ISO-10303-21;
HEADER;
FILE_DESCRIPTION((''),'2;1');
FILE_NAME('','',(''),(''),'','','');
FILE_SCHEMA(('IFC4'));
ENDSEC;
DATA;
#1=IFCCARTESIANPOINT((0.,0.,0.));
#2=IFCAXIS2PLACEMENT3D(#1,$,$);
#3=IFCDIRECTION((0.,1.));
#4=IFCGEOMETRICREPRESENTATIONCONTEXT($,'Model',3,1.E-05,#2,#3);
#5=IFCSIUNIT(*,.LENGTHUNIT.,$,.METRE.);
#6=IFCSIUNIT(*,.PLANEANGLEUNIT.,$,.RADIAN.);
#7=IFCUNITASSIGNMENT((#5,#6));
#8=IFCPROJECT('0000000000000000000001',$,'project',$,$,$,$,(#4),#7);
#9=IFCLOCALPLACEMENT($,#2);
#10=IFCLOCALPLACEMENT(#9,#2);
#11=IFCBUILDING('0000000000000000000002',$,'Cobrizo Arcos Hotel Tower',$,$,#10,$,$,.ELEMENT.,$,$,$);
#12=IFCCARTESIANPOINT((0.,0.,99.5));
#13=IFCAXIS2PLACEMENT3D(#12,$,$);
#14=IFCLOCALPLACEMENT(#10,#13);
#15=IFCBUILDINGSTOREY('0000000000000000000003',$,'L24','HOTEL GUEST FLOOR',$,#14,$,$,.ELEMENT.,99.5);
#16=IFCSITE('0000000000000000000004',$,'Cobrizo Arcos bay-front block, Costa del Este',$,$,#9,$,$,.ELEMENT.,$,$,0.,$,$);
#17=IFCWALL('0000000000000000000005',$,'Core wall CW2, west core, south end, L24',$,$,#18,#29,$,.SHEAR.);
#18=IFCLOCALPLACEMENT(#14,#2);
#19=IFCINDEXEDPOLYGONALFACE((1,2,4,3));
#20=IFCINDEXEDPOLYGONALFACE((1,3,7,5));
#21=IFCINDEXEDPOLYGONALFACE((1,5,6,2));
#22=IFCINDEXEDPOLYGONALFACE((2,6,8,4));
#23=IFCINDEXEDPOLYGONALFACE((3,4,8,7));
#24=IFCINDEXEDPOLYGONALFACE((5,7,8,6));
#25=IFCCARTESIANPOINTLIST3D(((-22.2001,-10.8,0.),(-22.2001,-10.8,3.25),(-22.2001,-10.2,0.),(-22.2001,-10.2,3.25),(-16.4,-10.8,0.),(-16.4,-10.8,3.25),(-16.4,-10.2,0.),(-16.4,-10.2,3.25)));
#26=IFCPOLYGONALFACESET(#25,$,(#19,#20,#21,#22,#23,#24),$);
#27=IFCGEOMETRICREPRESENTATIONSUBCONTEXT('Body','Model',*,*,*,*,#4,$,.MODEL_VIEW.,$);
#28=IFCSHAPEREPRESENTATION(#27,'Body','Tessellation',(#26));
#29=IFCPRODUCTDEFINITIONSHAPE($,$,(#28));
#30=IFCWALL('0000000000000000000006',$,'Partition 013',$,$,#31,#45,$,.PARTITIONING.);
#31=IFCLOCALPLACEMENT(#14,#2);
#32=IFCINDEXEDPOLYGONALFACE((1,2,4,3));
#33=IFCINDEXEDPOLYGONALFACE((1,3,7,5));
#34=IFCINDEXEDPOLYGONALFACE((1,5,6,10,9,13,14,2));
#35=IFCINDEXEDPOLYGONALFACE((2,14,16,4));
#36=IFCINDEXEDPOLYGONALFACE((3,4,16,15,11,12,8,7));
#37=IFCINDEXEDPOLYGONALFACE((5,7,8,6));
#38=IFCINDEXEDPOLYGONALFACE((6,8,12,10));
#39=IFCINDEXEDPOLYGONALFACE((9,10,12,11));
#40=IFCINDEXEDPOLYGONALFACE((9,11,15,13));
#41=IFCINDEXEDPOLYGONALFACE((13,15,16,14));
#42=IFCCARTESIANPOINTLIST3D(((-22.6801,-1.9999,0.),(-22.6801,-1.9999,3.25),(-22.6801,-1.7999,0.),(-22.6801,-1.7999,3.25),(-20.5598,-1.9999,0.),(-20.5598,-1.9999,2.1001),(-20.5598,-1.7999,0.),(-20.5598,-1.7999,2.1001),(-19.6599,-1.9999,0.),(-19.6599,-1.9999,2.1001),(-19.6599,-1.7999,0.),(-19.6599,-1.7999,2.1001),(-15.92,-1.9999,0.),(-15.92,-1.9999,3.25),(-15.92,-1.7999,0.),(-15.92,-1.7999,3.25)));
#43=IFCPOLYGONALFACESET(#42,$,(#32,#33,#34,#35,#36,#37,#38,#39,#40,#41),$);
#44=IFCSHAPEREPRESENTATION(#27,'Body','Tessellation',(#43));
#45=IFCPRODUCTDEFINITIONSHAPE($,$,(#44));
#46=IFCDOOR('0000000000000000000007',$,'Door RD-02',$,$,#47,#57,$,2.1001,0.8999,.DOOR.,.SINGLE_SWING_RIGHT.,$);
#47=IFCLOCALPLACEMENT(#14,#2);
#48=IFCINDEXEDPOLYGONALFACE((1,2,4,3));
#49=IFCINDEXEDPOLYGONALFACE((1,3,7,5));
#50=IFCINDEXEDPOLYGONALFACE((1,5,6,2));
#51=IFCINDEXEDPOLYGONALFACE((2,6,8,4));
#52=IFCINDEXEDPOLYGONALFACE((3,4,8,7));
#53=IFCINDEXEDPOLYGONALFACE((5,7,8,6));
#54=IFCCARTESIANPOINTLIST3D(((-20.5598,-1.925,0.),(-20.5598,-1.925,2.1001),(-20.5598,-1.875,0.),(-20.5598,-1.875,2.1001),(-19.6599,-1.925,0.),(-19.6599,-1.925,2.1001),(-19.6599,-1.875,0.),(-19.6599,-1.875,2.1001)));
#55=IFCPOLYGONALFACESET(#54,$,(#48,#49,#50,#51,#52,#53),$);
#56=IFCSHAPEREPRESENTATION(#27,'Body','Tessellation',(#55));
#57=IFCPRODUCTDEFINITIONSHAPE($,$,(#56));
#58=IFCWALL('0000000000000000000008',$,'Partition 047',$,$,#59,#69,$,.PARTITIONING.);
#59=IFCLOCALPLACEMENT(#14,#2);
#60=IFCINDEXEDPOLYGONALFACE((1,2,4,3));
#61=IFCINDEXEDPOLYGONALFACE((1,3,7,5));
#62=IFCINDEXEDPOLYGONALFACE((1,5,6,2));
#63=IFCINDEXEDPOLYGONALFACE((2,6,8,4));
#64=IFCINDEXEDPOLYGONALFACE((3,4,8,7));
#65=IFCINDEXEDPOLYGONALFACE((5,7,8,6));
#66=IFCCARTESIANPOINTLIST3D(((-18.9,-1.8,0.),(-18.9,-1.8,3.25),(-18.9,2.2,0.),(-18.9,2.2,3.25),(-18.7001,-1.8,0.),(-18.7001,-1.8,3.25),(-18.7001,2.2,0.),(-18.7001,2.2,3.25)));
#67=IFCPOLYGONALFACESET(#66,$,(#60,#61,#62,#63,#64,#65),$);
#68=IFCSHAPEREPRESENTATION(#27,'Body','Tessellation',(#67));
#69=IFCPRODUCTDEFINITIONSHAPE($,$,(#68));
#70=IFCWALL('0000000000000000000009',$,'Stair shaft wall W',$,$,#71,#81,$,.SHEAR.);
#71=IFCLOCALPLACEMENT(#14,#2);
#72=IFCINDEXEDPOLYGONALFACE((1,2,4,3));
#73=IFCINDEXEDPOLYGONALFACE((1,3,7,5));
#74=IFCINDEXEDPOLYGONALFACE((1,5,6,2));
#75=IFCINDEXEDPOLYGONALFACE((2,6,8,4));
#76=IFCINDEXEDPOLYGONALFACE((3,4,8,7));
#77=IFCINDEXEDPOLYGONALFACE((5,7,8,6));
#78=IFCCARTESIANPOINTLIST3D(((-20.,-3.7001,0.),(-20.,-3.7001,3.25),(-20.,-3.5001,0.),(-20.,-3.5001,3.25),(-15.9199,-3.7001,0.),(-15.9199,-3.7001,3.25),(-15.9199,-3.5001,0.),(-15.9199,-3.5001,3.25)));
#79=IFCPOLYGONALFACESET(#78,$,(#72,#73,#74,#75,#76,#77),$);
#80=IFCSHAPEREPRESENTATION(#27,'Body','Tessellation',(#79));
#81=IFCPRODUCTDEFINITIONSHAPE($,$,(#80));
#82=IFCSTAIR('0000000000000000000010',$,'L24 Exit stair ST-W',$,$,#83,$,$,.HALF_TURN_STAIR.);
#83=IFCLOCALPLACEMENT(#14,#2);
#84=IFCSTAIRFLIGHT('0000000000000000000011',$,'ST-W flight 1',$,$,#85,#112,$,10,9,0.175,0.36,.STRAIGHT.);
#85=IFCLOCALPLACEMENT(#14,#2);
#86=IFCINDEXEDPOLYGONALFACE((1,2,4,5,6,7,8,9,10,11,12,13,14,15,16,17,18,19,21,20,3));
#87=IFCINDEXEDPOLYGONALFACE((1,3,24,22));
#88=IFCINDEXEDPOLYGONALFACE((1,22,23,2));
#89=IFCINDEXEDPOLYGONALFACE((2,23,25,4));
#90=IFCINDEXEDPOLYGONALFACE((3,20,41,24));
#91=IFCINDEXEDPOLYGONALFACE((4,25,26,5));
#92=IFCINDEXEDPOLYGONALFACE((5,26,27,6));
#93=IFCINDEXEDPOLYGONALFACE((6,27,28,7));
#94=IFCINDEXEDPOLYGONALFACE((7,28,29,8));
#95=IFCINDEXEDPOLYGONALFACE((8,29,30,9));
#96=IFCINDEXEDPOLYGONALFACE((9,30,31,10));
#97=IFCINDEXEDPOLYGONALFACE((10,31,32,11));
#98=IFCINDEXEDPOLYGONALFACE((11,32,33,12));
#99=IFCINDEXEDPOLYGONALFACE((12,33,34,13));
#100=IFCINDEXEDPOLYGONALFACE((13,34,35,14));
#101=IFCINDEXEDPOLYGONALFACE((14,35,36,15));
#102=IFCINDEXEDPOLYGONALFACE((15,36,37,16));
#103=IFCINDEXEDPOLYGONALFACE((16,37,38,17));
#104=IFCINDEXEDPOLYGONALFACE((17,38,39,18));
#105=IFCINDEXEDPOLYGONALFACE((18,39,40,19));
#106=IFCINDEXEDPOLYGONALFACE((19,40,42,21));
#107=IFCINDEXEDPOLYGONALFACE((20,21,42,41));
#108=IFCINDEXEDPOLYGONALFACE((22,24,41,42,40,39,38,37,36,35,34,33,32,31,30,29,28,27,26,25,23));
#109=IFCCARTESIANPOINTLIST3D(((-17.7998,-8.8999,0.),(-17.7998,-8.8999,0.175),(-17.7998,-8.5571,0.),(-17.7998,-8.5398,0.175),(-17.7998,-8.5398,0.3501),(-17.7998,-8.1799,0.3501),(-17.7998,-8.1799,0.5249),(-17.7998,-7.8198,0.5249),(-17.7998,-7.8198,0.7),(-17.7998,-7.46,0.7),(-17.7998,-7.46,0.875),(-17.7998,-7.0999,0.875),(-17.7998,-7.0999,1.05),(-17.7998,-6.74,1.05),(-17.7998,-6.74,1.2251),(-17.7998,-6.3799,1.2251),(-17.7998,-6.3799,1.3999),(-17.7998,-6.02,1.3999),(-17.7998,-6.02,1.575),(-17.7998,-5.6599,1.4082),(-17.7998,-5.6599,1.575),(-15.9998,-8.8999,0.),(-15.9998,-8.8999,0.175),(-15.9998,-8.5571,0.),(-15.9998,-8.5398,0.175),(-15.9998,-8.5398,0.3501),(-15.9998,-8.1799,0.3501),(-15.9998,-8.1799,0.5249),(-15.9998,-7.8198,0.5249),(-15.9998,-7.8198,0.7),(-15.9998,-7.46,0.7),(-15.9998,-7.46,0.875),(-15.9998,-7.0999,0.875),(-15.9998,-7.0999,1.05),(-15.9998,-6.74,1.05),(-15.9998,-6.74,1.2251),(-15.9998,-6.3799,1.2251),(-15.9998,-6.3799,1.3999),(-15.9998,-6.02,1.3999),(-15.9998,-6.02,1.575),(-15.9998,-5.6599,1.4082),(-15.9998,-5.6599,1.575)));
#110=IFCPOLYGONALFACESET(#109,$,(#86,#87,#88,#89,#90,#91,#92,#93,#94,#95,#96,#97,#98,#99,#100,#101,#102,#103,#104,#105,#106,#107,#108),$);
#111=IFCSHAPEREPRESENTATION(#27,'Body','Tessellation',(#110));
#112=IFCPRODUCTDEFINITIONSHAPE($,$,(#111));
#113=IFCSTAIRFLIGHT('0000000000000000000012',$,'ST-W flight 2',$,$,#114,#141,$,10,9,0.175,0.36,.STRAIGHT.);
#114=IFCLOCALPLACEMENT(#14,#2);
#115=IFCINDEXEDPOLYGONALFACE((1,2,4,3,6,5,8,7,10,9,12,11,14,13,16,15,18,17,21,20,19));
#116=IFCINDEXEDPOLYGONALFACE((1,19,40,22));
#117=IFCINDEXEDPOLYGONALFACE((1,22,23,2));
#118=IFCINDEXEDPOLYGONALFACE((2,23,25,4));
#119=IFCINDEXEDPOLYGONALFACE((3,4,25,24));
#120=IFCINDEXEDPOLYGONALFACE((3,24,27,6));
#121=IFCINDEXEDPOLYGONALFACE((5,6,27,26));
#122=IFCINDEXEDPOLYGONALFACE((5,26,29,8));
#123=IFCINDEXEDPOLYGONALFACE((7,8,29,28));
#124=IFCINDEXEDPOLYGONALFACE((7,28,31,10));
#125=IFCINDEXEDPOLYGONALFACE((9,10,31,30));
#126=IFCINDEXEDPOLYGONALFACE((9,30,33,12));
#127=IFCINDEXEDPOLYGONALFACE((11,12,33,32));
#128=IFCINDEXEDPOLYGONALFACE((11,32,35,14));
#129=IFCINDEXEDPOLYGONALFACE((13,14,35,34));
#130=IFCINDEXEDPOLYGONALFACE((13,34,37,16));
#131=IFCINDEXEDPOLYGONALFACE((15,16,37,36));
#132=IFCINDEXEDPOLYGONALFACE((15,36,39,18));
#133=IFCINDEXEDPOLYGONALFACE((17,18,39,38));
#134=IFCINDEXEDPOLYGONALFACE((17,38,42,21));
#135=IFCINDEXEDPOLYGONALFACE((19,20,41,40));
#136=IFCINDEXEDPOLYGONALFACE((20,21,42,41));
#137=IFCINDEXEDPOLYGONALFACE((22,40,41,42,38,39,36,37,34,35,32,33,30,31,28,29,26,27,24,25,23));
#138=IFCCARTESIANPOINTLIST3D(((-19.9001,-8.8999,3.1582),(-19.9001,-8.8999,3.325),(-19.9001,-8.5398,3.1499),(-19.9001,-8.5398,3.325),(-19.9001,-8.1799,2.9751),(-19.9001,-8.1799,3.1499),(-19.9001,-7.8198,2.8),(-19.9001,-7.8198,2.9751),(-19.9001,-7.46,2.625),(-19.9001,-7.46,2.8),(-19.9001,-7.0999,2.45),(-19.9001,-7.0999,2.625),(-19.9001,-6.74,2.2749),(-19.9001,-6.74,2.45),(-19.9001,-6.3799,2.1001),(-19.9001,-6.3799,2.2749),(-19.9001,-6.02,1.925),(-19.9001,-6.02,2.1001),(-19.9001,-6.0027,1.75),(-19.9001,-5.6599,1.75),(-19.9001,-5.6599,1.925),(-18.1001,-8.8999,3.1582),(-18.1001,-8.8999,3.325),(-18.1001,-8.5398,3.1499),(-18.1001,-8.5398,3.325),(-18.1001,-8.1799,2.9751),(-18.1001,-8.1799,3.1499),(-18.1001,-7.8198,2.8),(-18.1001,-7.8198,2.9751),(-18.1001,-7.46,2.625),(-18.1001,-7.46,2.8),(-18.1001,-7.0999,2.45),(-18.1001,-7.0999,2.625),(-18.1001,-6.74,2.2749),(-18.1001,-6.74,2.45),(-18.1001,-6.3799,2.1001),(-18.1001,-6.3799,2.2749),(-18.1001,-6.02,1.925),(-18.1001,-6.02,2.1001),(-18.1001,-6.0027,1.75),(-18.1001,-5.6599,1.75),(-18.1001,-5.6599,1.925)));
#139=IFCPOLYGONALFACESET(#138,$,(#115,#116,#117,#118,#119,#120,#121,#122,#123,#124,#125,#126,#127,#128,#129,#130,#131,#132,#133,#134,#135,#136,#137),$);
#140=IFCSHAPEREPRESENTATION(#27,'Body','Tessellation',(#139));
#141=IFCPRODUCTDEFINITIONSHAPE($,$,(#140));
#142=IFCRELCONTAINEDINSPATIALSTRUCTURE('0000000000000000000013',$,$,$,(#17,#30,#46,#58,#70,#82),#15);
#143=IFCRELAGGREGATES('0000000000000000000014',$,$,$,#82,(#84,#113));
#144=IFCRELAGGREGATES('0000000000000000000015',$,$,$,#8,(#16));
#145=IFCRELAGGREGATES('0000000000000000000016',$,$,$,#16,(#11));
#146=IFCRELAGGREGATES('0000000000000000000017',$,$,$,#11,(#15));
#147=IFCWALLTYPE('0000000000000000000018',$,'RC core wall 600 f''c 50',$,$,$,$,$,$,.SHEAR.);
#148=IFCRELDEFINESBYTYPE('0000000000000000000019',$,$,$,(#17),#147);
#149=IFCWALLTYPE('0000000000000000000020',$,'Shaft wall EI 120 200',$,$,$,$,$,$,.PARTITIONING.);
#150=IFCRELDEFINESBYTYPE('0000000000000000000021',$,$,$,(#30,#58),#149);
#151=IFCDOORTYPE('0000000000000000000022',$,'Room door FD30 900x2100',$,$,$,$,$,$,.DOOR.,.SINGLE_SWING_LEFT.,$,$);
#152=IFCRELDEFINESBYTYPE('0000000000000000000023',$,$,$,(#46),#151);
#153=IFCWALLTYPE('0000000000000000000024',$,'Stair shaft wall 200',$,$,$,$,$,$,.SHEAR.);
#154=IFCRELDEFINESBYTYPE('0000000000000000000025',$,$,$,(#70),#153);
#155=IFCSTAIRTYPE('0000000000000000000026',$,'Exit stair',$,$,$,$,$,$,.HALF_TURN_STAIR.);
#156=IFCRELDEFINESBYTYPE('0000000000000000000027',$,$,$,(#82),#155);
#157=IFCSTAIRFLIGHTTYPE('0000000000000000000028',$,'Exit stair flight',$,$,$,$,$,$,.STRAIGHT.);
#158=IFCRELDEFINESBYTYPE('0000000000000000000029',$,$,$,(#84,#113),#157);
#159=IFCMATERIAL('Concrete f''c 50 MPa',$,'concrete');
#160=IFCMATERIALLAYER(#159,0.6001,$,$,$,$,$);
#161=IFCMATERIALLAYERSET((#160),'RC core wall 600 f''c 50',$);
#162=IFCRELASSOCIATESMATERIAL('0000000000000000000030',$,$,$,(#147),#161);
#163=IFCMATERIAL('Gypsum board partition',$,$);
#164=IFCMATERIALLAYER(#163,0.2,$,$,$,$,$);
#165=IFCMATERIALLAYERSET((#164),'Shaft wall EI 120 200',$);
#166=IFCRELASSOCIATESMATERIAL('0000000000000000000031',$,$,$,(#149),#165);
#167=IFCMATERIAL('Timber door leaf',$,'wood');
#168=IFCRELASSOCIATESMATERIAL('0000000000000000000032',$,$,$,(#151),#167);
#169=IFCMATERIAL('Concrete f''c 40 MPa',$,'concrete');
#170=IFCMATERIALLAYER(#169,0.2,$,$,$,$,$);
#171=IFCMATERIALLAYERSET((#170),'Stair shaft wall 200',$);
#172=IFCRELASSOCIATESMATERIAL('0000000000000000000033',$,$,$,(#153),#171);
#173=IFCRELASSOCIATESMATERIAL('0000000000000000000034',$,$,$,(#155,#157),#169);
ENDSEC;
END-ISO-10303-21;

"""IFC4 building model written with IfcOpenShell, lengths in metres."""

from ifc_helpers import new_model, si_unit, direction, frame, frame_2d, origin, place, context, subcontext, project, spatial, polyline, rectangle, outline, extrude, material, layer, layer_set, type_object, element, fill, aggregate, save


model = new_model("IFC4")

# Units and contexts
model_context = context("Model", 3, precision=1e-05, world=origin(), true_north=direction((0.0, 1.0)))
body_context = subcontext(model_context, "Body", "Model", "MODEL_VIEW")
ifc_project = project(units=[si_unit("LENGTHUNIT", "METRE"), si_unit("PLANEANGLEUNIT", "RADIAN")], contexts=[model_context])

# Site, building, storey
site_placement = place(None, origin())
site = spatial("IfcSite", under=ifc_project, at=site_placement, Name="Cobrizo Arcos bay-front block, Costa del Este", CompositionType="ELEMENT", RefElevation=0.0)
building_placement = place(site_placement, origin())
building = spatial("IfcBuilding", under=site, at=building_placement, Name="Cobrizo Arcos Hotel Tower", CompositionType="ELEMENT")
storey_placement = place(building_placement, frame((0.0, 0.0, 99.5)))
storey = spatial("IfcBuildingStorey", under=building, at=storey_placement, Name="L24", Description="HOTEL GUEST FLOOR", CompositionType="ELEMENT", Elevation=99.5)

# Wall
ifc_material_1 = material(Name="Concrete f'c 50 MPa", Category="concrete")
ifc_layer_1 = layer(ifc_material_1, 0.6001)
ifc_layer_set_1 = layer_set([ifc_layer_1], Name="RC core wall 600 f'c 50")
wall_type_1 = type_object("IfcWallType", Name="RC core wall 600 f'c 50", PredefinedType="SHEAR", material=ifc_layer_set_1)
wall_1_placement = place(storey_placement, frame((-22.2, -10.5, 0.0), z_axis=(0.0, 0.0, 1.0), x_axis=(1.0, 0.0, 0.0)))
element("IfcWall", 1, at=wall_1_placement, inside=storey, type_object=wall_type_1, Name="Core wall CW2, west core, south end, L24", PredefinedType="SHEAR", context=body_context, shape_type="SweptSolid", body=[
    extrude(rectangle(XDim=5.8, YDim=0.6001, at=frame_2d((2.8999, 0.0))), origin(), (0.0, 0.0, 1.0), 3.25),
])

# Wall, opening, door
ifc_material_2 = material(Name="Gypsum board partition")
ifc_layer_2 = layer(ifc_material_2, 0.2)
ifc_layer_set_2 = layer_set([ifc_layer_2], Name="Shaft wall EI 120 200")
wall_type_2 = type_object("IfcWallType", Name="Shaft wall EI 120 200", PredefinedType="PARTITIONING", material=ifc_layer_set_2)
wall_2_placement = place(storey_placement, frame((-22.6799, -1.8999, 0.0), z_axis=(0.0, 0.0, 1.0), x_axis=(1.0, 0.0, 0.0)))
wall_2 = element("IfcWall", 2, at=wall_2_placement, inside=storey, type_object=wall_type_2, Name="Partition 013", PredefinedType="PARTITIONING", context=body_context, shape_type="SweptSolid", body=[
    extrude(rectangle(XDim=6.76, YDim=0.2, at=frame_2d((3.3799, 0.0))), origin(), (0.0, 0.0, 1.0), 3.25),
])
opening_placement = place(wall_2_placement, frame((2.1201, 0.0, 0.0)))
opening = element("IfcOpeningElement", 3, at=opening_placement, cuts=wall_2, PredefinedType="OPENING", context=body_context, shape_type="SweptSolid", body=[
    extrude(rectangle(XDim=0.8999, YDim=2.1001, at=frame_2d((0.45, 1.05))), frame((0.0, 0.1121, 0.0), z_axis=(0.0, -1.0, 0.0), x_axis=(1.0, 0.0, 0.0)), (0.0, 0.0, 1.0), 0.2239),
])
ifc_material_3 = material(Name="Timber door leaf", Category="wood")
door_type = type_object("IfcDoorType", Name="Room door FD30 900x2100", OperationType="SINGLE_SWING_LEFT", PredefinedType="DOOR", material=ifc_material_3)
door_placement = place(opening_placement, origin())
door = element("IfcDoor", 4, at=door_placement, inside=storey, type_object=door_type, Name="Door RD-02", OperationType="SINGLE_SWING_RIGHT", OverallHeight=2.1001, OverallWidth=0.8999, PredefinedType="DOOR", context=body_context, shape_type="SweptSolid", body=[
    extrude(rectangle(XDim=0.8999, YDim=2.1001, at=frame_2d((0.45, 1.05))), frame((0.0, 0.0249, 0.0), z_axis=(0.0, -1.0, 0.0), x_axis=(1.0, 0.0, 0.0)), (0.0, 0.0, 1.0), 0.05),
])
fill(opening, door)

# Walls
wall_3_placement = place(storey_placement, frame((-18.8, -1.8, 0.0), z_axis=(0.0, 0.0, 1.0), x_axis=(0.0, 1.0, 0.0)))
element("IfcWall", 5, at=wall_3_placement, inside=storey, type_object=wall_type_2, Name="Partition 047", PredefinedType="PARTITIONING", context=body_context, shape_type="SweptSolid", body=[
    extrude(rectangle(XDim=4.0, YDim=0.2, at=frame_2d((2.0, 0.0))), origin(), (0.0, 0.0, 1.0), 3.25),
])
ifc_material_4 = material(Name="Concrete f'c 40 MPa", Category="concrete")
ifc_layer_3 = layer(ifc_material_4, 0.2)
ifc_layer_set_3 = layer_set([ifc_layer_3], Name="Stair shaft wall 200")
wall_type_3 = type_object("IfcWallType", Name="Stair shaft wall 200", PredefinedType="SHEAR", material=ifc_layer_set_3)
wall_4_placement = place(storey_placement, frame((-20.0, -3.6001, 0.0), z_axis=(0.0, 0.0, 1.0), x_axis=(1.0, 0.0, 0.0)))
element("IfcWall", 6, at=wall_4_placement, inside=storey, type_object=wall_type_3, Name="Stair shaft wall W", PredefinedType="SHEAR", context=body_context, shape_type="SweptSolid", body=[
    extrude(rectangle(XDim=4.0801, YDim=0.2, at=frame_2d((2.04, 0.0))), origin(), (0.0, 0.0, 1.0), 3.25),
])

# Stair, stair flights
stair_type = type_object("IfcStairType", Name="Exit stair", PredefinedType="HALF_TURN_STAIR", material=ifc_material_4)
stair_placement = place(storey_placement, origin())
stair = element("IfcStair", 7, at=stair_placement, inside=storey, type_object=stair_type, Name="L24 Exit stair ST-W", PredefinedType="HALF_TURN_STAIR")
stair_flight_type = type_object("IfcStairFlightType", Name="Exit stair flight", PredefinedType="STRAIGHT", material=ifc_material_4)
stair_flight_1_placement = place(storey_placement, frame((-16.8999, -8.8999, 0.0), z_axis=(0.0, 0.0, 1.0), x_axis=(0.0, 1.0, 0.0)))
stair_flight_1 = element("IfcStairFlight", 8, at=stair_flight_1_placement, type_object=stair_flight_type, Name="ST-W flight 1", NumberOfRisers=10, NumberOfTreads=9, PredefinedType="STRAIGHT", RiserHeight=0.175, TreadLength=0.36, context=body_context, shape_type="SweptSolid", body=[
    extrude(outline(polyline([(0.0, 0.0), (0.0, 0.175), (0.3601, 0.175), (0.3601, 0.3501), (0.72, 0.3501), (0.72, 0.5249), (1.0801, 0.5249), (1.0801, 0.7), (1.4399, 0.7), (1.4399, 0.875), (1.8, 0.875), (1.8, 1.05), (2.1599, 1.05), (2.1599, 1.2251), (2.52, 1.2251), (2.52, 1.3999), (2.8799, 1.3999), (2.8799, 1.575), (3.24, 1.575), (3.24, 1.75), (3.24, 1.4082), (0.3428, 0.0), (0.0, 0.0)])), frame((0.0, 0.8999, 0.0), z_axis=(0.0, -1.0, 0.0), x_axis=(1.0, 0.0, 0.0)), (0.0, 0.0, 1.0), 1.8),
])
stair_flight_2_placement = place(storey_placement, frame((-19.0, -5.6599, 1.75), z_axis=(0.0, 0.0, 1.0), x_axis=(0.0, -1.0, 0.0)))
stair_flight_2 = element("IfcStairFlight", 9, at=stair_flight_2_placement, type_object=stair_flight_type, Name="ST-W flight 2", NumberOfRisers=10, NumberOfTreads=9, PredefinedType="STRAIGHT", RiserHeight=0.175, TreadLength=0.36, context=body_context, shape_type="SweptSolid", body=[
    extrude(outline(polyline([(0.0, 0.0), (0.0, 0.175), (0.3601, 0.175), (0.3601, 0.3501), (0.72, 0.3501), (0.72, 0.5249), (1.0801, 0.5249), (1.0801, 0.7), (1.4399, 0.7), (1.4399, 0.875), (1.8, 0.875), (1.8, 1.05), (2.1599, 1.05), (2.1599, 1.2251), (2.52, 1.2251), (2.52, 1.3999), (2.8799, 1.3999), (2.8799, 1.575), (3.24, 1.575), (3.24, 1.75), (3.24, 1.4082), (0.3428, 0.0), (0.0, 0.0)])), frame((0.0, 0.8999, 0.0), z_axis=(0.0, -1.0, 0.0), x_axis=(1.0, 0.0, 0.0)), (0.0, 0.0, 1.0), 1.8),
])
aggregate(stair, [stair_flight_1, stair_flight_2])

save(model, "model.ifc")
